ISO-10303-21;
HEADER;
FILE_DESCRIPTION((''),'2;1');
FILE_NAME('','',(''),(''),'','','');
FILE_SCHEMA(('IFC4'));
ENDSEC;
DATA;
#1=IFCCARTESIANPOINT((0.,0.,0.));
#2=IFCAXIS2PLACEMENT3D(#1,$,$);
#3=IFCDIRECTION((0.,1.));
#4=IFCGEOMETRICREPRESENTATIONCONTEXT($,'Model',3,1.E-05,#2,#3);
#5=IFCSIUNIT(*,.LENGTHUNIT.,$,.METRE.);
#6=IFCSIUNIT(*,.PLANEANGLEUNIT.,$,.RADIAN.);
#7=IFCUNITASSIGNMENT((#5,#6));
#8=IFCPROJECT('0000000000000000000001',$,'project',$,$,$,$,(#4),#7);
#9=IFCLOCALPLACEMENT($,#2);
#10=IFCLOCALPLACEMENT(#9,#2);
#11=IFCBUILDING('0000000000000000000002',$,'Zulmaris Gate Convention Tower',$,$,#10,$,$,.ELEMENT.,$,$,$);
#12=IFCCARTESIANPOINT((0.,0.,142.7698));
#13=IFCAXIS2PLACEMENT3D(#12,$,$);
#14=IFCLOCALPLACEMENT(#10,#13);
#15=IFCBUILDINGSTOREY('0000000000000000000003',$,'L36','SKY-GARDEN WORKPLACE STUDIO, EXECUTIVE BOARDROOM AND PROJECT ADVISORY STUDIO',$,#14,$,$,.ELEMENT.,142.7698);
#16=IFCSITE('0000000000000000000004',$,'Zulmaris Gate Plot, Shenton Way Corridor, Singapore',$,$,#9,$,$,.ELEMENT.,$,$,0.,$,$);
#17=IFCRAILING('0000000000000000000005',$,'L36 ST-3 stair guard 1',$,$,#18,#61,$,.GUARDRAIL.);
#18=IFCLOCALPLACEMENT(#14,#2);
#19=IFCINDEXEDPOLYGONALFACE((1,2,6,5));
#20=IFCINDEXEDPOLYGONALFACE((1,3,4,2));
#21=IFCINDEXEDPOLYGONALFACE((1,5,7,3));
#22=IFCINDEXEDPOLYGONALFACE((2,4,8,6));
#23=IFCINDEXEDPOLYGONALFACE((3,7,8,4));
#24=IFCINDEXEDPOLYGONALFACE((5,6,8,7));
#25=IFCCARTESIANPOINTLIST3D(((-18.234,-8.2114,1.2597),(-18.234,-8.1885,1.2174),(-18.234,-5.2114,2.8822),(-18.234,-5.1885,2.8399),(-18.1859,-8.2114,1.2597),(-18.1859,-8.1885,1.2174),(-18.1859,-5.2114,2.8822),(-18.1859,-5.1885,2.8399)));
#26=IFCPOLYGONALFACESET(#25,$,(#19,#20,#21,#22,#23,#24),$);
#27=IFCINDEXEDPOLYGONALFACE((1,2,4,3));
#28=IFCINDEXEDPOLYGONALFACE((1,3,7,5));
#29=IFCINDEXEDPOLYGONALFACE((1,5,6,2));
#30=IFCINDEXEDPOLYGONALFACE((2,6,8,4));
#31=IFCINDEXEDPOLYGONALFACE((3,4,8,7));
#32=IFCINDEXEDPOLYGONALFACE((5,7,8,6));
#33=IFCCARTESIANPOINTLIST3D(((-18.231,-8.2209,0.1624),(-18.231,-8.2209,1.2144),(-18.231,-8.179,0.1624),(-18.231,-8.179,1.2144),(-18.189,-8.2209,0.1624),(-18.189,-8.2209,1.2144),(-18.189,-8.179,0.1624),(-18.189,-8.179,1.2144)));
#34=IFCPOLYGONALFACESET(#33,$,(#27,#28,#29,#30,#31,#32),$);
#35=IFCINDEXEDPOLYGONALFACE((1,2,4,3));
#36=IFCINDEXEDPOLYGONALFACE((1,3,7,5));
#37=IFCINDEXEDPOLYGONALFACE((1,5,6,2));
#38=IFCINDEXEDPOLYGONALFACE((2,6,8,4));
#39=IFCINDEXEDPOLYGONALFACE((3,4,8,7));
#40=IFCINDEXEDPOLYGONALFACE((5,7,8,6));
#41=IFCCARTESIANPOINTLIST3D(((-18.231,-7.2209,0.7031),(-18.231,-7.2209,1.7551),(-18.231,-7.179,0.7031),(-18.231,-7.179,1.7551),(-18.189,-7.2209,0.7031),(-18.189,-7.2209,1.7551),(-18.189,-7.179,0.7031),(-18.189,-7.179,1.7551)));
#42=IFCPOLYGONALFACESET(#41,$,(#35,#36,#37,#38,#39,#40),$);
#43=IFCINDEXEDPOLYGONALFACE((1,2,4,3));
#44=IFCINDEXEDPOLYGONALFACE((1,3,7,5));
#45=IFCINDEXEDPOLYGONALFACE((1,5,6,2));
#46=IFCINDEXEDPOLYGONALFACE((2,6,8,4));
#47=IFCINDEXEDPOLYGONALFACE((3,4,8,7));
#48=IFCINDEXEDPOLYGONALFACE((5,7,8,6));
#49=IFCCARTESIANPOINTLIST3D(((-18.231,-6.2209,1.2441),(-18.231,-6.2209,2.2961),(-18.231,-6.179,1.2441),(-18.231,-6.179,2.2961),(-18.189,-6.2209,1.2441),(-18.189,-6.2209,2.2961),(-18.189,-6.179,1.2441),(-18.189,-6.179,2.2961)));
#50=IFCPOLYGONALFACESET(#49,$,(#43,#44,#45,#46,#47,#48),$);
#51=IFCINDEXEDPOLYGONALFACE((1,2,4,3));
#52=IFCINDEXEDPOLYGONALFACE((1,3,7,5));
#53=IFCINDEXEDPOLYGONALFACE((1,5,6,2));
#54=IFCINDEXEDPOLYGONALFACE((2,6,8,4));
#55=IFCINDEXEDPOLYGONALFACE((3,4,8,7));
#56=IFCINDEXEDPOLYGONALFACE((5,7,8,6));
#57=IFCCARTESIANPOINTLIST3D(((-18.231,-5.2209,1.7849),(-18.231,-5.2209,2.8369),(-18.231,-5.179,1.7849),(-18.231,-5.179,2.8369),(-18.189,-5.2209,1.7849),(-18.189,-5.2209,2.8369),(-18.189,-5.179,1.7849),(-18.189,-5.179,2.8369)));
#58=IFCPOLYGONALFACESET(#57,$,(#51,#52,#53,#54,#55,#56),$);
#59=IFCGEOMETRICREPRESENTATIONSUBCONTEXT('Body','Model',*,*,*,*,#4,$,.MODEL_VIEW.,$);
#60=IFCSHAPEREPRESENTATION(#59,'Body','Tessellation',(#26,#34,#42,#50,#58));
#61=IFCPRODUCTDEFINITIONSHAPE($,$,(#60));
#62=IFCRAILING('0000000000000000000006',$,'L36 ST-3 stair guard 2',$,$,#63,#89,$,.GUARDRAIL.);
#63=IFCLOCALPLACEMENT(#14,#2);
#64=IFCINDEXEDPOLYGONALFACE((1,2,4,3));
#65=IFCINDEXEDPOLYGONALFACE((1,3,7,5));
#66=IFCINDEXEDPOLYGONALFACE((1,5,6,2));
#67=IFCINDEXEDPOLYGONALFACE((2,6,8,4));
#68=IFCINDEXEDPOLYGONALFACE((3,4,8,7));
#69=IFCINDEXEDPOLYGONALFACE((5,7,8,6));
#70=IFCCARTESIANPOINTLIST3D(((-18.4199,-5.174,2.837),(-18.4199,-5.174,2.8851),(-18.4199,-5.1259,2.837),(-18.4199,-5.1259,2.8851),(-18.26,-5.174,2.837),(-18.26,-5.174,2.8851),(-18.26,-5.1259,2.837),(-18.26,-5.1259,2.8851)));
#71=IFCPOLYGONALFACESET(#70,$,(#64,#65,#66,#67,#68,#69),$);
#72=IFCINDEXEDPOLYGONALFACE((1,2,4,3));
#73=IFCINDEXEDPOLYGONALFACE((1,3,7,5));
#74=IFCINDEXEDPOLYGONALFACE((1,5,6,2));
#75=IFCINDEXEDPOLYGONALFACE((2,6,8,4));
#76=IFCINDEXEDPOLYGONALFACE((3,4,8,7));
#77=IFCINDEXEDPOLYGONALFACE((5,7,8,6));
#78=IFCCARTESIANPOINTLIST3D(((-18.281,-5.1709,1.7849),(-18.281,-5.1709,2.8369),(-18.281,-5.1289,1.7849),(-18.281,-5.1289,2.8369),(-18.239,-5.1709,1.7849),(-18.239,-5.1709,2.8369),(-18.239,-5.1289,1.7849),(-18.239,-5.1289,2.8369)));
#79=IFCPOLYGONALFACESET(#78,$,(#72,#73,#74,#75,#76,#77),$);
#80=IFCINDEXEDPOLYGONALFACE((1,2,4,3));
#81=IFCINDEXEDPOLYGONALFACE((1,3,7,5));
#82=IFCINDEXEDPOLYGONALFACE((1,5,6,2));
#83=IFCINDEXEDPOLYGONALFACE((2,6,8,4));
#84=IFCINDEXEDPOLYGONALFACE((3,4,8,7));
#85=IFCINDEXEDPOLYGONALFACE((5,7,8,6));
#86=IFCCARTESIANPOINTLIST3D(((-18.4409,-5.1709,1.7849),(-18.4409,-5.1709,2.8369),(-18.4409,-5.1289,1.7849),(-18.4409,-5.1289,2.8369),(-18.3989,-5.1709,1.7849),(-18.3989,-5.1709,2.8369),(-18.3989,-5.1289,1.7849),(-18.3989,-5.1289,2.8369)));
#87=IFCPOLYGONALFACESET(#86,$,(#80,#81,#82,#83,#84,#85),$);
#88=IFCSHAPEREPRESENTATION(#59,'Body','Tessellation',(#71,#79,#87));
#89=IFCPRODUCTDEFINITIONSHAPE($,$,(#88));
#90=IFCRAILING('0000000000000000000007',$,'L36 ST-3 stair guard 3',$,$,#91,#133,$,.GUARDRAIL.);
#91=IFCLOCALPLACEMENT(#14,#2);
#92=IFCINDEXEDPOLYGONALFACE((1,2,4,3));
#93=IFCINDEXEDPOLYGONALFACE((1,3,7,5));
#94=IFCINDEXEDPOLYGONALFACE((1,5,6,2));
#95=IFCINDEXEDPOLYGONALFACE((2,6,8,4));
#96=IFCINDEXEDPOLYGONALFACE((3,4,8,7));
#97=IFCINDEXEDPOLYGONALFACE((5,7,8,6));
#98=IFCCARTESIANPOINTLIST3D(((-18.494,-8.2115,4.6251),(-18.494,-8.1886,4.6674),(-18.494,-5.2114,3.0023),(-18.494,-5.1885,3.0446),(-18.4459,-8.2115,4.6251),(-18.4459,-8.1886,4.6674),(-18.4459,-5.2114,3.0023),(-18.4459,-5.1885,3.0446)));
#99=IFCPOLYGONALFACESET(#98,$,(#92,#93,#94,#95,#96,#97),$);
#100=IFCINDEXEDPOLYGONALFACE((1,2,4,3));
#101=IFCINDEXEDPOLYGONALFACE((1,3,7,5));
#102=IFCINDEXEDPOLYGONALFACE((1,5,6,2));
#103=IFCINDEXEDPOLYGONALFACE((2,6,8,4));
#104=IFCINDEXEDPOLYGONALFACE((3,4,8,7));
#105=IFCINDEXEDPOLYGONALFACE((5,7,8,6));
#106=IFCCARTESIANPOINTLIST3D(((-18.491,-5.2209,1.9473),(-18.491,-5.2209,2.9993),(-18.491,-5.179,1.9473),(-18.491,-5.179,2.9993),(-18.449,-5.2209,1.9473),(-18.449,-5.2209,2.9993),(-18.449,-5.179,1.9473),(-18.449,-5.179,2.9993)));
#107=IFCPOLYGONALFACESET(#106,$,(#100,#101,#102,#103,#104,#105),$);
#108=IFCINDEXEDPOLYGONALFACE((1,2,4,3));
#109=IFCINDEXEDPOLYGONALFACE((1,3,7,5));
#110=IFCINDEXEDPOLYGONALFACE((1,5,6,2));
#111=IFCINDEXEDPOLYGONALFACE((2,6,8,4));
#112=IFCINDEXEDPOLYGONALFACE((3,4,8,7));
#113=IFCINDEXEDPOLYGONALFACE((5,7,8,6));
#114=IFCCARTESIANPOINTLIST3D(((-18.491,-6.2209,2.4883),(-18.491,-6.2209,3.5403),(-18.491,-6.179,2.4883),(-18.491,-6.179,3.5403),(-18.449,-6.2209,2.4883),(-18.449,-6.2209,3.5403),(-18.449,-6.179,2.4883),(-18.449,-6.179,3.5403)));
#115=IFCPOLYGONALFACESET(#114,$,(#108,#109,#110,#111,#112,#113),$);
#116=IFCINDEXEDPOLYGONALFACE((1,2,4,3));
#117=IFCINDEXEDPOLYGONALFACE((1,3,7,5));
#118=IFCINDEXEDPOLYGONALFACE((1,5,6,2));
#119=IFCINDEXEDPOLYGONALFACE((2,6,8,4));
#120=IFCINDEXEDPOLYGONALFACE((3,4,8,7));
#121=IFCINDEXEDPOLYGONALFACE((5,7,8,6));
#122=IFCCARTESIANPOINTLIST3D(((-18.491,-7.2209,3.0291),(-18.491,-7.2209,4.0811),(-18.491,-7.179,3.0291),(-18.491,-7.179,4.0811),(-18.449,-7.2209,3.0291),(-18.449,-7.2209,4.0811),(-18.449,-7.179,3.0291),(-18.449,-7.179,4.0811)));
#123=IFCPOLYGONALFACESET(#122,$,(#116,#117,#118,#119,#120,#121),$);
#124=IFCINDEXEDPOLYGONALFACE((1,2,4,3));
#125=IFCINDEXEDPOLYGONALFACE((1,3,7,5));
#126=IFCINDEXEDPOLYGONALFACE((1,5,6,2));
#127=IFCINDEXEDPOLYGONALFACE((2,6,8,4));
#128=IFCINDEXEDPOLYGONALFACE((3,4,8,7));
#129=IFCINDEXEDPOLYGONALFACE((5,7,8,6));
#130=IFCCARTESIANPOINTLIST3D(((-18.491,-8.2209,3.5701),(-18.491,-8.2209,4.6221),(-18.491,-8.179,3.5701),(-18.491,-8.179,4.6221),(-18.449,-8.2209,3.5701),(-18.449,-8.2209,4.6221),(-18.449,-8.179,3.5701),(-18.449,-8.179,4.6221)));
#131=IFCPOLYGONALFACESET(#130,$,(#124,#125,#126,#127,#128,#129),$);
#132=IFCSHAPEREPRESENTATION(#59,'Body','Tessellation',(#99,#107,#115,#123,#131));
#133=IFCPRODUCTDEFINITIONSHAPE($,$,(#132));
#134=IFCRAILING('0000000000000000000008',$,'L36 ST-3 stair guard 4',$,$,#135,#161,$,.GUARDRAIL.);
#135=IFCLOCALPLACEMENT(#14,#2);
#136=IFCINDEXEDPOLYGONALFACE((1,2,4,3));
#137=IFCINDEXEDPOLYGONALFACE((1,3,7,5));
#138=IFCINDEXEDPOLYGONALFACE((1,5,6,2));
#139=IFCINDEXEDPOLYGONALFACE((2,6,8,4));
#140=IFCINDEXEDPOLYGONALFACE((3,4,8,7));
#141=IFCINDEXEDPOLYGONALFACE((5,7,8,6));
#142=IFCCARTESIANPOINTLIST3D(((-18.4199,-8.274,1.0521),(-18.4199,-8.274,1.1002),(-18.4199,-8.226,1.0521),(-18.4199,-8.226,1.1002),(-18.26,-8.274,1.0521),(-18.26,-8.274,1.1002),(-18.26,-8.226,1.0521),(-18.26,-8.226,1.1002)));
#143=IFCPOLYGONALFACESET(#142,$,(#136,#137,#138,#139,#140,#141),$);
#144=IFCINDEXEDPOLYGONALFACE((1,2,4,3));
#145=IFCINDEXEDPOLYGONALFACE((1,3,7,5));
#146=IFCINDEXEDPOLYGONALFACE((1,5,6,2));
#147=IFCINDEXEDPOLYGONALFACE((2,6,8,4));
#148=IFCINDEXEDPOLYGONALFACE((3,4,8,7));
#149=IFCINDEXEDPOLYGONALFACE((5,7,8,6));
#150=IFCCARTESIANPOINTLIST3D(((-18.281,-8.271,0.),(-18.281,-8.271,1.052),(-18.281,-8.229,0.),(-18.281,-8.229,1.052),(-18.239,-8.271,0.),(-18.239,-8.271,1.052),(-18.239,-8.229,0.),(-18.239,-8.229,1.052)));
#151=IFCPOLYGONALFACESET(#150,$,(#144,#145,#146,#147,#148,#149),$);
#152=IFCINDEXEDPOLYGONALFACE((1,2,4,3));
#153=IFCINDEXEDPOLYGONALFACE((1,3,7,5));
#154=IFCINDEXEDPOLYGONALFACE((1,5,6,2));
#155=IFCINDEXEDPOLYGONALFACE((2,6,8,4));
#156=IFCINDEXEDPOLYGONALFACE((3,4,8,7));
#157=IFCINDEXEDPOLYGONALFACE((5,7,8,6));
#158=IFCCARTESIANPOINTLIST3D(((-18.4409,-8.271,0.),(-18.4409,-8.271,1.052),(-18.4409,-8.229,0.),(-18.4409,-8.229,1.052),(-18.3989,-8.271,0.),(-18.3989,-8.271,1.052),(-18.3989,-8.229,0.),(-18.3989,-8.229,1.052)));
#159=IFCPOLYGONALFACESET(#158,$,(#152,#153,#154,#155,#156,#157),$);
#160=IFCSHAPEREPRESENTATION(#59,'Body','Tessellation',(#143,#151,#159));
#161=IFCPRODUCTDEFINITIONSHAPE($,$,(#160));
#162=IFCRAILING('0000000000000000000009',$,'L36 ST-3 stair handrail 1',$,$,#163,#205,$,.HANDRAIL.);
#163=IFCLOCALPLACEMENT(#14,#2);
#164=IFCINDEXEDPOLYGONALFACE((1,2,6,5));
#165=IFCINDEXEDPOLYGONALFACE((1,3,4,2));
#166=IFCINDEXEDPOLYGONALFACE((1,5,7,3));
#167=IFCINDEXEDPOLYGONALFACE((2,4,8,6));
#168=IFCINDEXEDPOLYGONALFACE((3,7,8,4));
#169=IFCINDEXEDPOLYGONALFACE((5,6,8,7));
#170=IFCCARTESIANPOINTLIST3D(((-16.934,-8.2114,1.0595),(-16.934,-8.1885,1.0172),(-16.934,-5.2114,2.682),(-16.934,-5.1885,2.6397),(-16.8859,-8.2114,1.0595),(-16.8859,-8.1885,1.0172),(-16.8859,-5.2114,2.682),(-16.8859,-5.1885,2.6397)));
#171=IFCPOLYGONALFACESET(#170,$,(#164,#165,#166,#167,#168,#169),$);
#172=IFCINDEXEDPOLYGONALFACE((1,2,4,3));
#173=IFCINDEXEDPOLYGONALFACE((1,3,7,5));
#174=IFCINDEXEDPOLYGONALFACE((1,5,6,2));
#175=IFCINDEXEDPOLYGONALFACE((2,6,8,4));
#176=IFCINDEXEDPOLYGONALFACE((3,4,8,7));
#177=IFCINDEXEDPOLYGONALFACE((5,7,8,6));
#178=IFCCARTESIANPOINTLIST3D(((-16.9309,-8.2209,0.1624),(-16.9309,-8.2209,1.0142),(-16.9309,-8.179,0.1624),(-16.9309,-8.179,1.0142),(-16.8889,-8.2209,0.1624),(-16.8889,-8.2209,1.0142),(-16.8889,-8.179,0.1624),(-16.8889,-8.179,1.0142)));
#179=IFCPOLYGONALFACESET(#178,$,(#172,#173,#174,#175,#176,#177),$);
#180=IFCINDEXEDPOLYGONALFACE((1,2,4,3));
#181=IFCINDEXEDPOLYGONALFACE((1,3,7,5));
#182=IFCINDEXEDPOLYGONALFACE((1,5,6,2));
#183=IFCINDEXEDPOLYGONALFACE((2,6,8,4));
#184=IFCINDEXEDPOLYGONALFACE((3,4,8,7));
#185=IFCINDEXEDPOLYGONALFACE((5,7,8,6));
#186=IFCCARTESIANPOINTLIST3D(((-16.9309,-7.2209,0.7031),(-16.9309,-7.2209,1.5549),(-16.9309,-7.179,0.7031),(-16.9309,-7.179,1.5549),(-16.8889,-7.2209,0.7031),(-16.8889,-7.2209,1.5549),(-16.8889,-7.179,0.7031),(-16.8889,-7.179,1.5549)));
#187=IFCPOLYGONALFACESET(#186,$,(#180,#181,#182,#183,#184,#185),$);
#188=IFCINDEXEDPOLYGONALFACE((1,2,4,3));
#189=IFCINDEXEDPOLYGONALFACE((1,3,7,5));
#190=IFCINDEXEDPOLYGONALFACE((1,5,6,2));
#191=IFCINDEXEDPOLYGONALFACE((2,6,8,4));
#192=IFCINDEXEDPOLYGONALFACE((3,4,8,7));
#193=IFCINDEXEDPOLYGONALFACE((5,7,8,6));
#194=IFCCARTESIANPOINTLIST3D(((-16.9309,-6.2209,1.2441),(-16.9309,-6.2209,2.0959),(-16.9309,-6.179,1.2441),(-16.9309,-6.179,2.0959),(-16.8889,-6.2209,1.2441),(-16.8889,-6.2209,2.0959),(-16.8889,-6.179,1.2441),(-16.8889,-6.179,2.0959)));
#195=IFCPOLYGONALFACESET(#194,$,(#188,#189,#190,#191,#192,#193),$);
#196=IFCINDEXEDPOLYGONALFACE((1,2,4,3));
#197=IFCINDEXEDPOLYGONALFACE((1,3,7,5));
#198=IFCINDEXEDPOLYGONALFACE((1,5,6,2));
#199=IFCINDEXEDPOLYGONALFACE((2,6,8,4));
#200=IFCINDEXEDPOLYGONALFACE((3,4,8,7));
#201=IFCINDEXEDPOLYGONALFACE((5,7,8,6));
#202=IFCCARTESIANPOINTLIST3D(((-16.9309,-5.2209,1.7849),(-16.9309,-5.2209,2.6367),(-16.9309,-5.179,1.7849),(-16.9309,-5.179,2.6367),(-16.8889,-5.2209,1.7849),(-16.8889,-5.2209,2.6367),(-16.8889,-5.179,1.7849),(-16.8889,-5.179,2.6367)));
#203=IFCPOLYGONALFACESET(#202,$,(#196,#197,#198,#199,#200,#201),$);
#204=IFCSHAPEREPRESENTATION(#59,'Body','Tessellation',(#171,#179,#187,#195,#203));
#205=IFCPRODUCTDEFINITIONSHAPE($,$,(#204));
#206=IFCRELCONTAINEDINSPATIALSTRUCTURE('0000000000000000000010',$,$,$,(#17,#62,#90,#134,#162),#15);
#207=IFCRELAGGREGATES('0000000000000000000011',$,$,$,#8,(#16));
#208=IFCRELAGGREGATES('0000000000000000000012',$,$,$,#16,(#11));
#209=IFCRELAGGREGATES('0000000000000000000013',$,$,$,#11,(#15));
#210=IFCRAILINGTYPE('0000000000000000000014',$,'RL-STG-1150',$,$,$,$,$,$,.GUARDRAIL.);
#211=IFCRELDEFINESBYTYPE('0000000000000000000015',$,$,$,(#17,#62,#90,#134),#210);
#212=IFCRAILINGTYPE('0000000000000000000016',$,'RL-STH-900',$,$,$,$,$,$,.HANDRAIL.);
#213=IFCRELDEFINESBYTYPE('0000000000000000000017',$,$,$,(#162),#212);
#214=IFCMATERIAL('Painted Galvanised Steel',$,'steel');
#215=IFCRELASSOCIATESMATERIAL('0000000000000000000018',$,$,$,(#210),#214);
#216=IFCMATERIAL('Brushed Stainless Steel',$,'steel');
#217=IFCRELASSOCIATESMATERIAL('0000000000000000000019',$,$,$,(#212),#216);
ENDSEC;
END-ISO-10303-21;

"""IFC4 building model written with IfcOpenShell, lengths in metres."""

from ifc_helpers import new_model, si_unit, direction, frame, origin, origin_2d, place, context, subcontext, project, spatial, rectangle, extrude, material, type_object, element, save


model = new_model("IFC4")

# Units and contexts
model_context = context("Model", 3, precision=1e-05, world=origin(), true_north=direction((0.0, 1.0)))
body_context = subcontext(model_context, "Body", "Model", "MODEL_VIEW")
ifc_project = project(units=[si_unit("LENGTHUNIT", "METRE"), si_unit("PLANEANGLEUNIT", "RADIAN")], contexts=[model_context])

# Site, building, storey
site_placement = place(None, origin())
site = spatial("IfcSite", under=ifc_project, at=site_placement, Name="Zulmaris Gate Plot, Shenton Way Corridor, Singapore", CompositionType="ELEMENT", RefElevation=0.0)
building_placement = place(site_placement, origin())
building = spatial("IfcBuilding", under=site, at=building_placement, Name="Zulmaris Gate Convention Tower", CompositionType="ELEMENT")
storey_placement = place(building_placement, frame((0.0, 0.0, 142.7698)))
storey = spatial("IfcBuildingStorey", under=building, at=storey_placement, Name="L36", Description="SKY-GARDEN WORKPLACE STUDIO, EXECUTIVE BOARDROOM AND PROJECT ADVISORY STUDIO", CompositionType="ELEMENT", Elevation=142.7698)

# Railings
ifc_material_1 = material(Name="Painted Galvanised Steel", Category="steel")
railing_type_1 = type_object("IfcRailingType", Name="RL-STG-1150", PredefinedType="GUARDRAIL", material=ifc_material_1)
railing_1_placement = place(storey_placement, frame((-18.21, -8.2, 0.1624)))
element("IfcRailing", 1, at=railing_1_placement, inside=storey, type_object=railing_type_1, Name="L36 ST-3 stair guard 1", PredefinedType="GUARDRAIL", context=body_context, shape_type="SweptSolid", body=[
    extrude(rectangle(XDim=0.0481, YDim=0.0481, at=origin_2d()), frame((0.0, 0.0, 1.0762), z_axis=(0.0, 0.879592, 0.47573), x_axis=(-1.0, 0.0, 0.0)), (0.0, 0.0, 1.0), 3.4106),
    extrude(rectangle(XDim=0.042, YDim=0.042, at=origin_2d()), origin(), (0.0, 0.0, 1.0), 1.052),
    extrude(rectangle(XDim=0.042, YDim=0.042, at=origin_2d()), frame((0.0, 1.0, 0.5408)), (0.0, 0.0, 1.0), 1.052),
    extrude(rectangle(XDim=0.042, YDim=0.042, at=origin_2d()), frame((0.0, 2.0, 1.0818)), (0.0, 0.0, 1.0), 1.052),
    extrude(rectangle(XDim=0.042, YDim=0.042, at=origin_2d()), frame((0.0, 3.0, 1.6226)), (0.0, 0.0, 1.0), 1.052),
])
railing_2_placement = place(storey_placement, frame((-18.26, -5.1499, 1.7849)))
element("IfcRailing", 2, at=railing_2_placement, inside=storey, type_object=railing_type_1, Name="L36 ST-3 stair guard 2", PredefinedType="GUARDRAIL", context=body_context, shape_type="SweptSolid", body=[
    extrude(rectangle(XDim=0.0481, YDim=0.0481, at=origin_2d()), frame((0.0, 0.0, 1.0762), z_axis=(-1.0, 0.0, 0.0), x_axis=(0.0, -1.0, 0.0)), (0.0, 0.0, 1.0), 0.1599),
    extrude(rectangle(XDim=0.042, YDim=0.042, at=origin_2d()), origin(), (0.0, 0.0, 1.0), 1.052),
    extrude(rectangle(XDim=0.042, YDim=0.042, at=origin_2d()), frame((-0.1599, 0.0, 0.0)), (0.0, 0.0, 1.0), 1.052),
])
railing_3_placement = place(storey_placement, frame((-18.47, -5.2, 1.9473)))
element("IfcRailing", 3, at=railing_3_placement, inside=storey, type_object=railing_type_1, Name="L36 ST-3 stair guard 3", PredefinedType="GUARDRAIL", context=body_context, shape_type="SweptSolid", body=[
    extrude(rectangle(XDim=0.0481, YDim=0.0481, at=origin_2d()), frame((0.0, 0.0, 1.0762), z_axis=(0.0, -0.879562, 0.475785), x_axis=(1.0, 0.0, 0.0)), (0.0, 0.0, 1.0), 3.4109),
    extrude(rectangle(XDim=0.042, YDim=0.042, at=origin_2d()), origin(), (0.0, 0.0, 1.0), 1.052),
    extrude(rectangle(XDim=0.042, YDim=0.042, at=origin_2d()), frame((0.0, -1.0, 0.541)), (0.0, 0.0, 1.0), 1.052),
    extrude(rectangle(XDim=0.042, YDim=0.042, at=origin_2d()), frame((0.0, -2.0, 1.0818)), (0.0, 0.0, 1.0), 1.052),
    extrude(rectangle(XDim=0.042, YDim=0.042, at=origin_2d()), frame((0.0, -3.0, 1.6228)), (0.0, 0.0, 1.0), 1.052),
])
railing_4_placement = place(storey_placement, frame((-18.26, -8.25, 0.0)))
element("IfcRailing", 4, at=railing_4_placement, inside=storey, type_object=railing_type_1, Name="L36 ST-3 stair guard 4", PredefinedType="GUARDRAIL", context=body_context, shape_type="SweptSolid", body=[
    extrude(rectangle(XDim=0.0481, YDim=0.0481, at=origin_2d()), frame((0.0, 0.0, 1.0762), z_axis=(-1.0, 0.0, 0.0), x_axis=(0.0, -1.0, 0.0)), (0.0, 0.0, 1.0), 0.1599),
    extrude(rectangle(XDim=0.042, YDim=0.042, at=origin_2d()), origin(), (0.0, 0.0, 1.0), 1.052),
    extrude(rectangle(XDim=0.042, YDim=0.042, at=origin_2d()), frame((-0.1599, 0.0, 0.0)), (0.0, 0.0, 1.0), 1.052),
])
ifc_material_2 = material(Name="Brushed Stainless Steel", Category="steel")
railing_type_2 = type_object("IfcRailingType", Name="RL-STH-900", PredefinedType="HANDRAIL", material=ifc_material_2)
railing_5_placement = place(storey_placement, frame((-16.9099, -8.2, 0.1624)))
element("IfcRailing", 5, at=railing_5_placement, inside=storey, type_object=railing_type_2, Name="L36 ST-3 stair handrail 1", PredefinedType="HANDRAIL", context=body_context, shape_type="SweptSolid", body=[
    extrude(rectangle(XDim=0.0481, YDim=0.0481, at=origin_2d()), frame((0.0, 0.0, 0.876), z_axis=(0.0, 0.879592, 0.47573), x_axis=(-1.0, 0.0, 0.0)), (0.0, 0.0, 1.0), 3.4106),
    extrude(rectangle(XDim=0.042, YDim=0.042, at=origin_2d()), origin(), (0.0, 0.0, 1.0), 0.8518),
    extrude(rectangle(XDim=0.042, YDim=0.042, at=origin_2d()), frame((0.0, 1.0, 0.5408)), (0.0, 0.0, 1.0), 0.8518),
    extrude(rectangle(XDim=0.042, YDim=0.042, at=origin_2d()), frame((0.0, 2.0, 1.0818)), (0.0, 0.0, 1.0), 0.8518),
    extrude(rectangle(XDim=0.042, YDim=0.042, at=origin_2d()), frame((0.0, 3.0, 1.6226)), (0.0, 0.0, 1.0), 0.8518),
])

save(model, "model.ifc")
